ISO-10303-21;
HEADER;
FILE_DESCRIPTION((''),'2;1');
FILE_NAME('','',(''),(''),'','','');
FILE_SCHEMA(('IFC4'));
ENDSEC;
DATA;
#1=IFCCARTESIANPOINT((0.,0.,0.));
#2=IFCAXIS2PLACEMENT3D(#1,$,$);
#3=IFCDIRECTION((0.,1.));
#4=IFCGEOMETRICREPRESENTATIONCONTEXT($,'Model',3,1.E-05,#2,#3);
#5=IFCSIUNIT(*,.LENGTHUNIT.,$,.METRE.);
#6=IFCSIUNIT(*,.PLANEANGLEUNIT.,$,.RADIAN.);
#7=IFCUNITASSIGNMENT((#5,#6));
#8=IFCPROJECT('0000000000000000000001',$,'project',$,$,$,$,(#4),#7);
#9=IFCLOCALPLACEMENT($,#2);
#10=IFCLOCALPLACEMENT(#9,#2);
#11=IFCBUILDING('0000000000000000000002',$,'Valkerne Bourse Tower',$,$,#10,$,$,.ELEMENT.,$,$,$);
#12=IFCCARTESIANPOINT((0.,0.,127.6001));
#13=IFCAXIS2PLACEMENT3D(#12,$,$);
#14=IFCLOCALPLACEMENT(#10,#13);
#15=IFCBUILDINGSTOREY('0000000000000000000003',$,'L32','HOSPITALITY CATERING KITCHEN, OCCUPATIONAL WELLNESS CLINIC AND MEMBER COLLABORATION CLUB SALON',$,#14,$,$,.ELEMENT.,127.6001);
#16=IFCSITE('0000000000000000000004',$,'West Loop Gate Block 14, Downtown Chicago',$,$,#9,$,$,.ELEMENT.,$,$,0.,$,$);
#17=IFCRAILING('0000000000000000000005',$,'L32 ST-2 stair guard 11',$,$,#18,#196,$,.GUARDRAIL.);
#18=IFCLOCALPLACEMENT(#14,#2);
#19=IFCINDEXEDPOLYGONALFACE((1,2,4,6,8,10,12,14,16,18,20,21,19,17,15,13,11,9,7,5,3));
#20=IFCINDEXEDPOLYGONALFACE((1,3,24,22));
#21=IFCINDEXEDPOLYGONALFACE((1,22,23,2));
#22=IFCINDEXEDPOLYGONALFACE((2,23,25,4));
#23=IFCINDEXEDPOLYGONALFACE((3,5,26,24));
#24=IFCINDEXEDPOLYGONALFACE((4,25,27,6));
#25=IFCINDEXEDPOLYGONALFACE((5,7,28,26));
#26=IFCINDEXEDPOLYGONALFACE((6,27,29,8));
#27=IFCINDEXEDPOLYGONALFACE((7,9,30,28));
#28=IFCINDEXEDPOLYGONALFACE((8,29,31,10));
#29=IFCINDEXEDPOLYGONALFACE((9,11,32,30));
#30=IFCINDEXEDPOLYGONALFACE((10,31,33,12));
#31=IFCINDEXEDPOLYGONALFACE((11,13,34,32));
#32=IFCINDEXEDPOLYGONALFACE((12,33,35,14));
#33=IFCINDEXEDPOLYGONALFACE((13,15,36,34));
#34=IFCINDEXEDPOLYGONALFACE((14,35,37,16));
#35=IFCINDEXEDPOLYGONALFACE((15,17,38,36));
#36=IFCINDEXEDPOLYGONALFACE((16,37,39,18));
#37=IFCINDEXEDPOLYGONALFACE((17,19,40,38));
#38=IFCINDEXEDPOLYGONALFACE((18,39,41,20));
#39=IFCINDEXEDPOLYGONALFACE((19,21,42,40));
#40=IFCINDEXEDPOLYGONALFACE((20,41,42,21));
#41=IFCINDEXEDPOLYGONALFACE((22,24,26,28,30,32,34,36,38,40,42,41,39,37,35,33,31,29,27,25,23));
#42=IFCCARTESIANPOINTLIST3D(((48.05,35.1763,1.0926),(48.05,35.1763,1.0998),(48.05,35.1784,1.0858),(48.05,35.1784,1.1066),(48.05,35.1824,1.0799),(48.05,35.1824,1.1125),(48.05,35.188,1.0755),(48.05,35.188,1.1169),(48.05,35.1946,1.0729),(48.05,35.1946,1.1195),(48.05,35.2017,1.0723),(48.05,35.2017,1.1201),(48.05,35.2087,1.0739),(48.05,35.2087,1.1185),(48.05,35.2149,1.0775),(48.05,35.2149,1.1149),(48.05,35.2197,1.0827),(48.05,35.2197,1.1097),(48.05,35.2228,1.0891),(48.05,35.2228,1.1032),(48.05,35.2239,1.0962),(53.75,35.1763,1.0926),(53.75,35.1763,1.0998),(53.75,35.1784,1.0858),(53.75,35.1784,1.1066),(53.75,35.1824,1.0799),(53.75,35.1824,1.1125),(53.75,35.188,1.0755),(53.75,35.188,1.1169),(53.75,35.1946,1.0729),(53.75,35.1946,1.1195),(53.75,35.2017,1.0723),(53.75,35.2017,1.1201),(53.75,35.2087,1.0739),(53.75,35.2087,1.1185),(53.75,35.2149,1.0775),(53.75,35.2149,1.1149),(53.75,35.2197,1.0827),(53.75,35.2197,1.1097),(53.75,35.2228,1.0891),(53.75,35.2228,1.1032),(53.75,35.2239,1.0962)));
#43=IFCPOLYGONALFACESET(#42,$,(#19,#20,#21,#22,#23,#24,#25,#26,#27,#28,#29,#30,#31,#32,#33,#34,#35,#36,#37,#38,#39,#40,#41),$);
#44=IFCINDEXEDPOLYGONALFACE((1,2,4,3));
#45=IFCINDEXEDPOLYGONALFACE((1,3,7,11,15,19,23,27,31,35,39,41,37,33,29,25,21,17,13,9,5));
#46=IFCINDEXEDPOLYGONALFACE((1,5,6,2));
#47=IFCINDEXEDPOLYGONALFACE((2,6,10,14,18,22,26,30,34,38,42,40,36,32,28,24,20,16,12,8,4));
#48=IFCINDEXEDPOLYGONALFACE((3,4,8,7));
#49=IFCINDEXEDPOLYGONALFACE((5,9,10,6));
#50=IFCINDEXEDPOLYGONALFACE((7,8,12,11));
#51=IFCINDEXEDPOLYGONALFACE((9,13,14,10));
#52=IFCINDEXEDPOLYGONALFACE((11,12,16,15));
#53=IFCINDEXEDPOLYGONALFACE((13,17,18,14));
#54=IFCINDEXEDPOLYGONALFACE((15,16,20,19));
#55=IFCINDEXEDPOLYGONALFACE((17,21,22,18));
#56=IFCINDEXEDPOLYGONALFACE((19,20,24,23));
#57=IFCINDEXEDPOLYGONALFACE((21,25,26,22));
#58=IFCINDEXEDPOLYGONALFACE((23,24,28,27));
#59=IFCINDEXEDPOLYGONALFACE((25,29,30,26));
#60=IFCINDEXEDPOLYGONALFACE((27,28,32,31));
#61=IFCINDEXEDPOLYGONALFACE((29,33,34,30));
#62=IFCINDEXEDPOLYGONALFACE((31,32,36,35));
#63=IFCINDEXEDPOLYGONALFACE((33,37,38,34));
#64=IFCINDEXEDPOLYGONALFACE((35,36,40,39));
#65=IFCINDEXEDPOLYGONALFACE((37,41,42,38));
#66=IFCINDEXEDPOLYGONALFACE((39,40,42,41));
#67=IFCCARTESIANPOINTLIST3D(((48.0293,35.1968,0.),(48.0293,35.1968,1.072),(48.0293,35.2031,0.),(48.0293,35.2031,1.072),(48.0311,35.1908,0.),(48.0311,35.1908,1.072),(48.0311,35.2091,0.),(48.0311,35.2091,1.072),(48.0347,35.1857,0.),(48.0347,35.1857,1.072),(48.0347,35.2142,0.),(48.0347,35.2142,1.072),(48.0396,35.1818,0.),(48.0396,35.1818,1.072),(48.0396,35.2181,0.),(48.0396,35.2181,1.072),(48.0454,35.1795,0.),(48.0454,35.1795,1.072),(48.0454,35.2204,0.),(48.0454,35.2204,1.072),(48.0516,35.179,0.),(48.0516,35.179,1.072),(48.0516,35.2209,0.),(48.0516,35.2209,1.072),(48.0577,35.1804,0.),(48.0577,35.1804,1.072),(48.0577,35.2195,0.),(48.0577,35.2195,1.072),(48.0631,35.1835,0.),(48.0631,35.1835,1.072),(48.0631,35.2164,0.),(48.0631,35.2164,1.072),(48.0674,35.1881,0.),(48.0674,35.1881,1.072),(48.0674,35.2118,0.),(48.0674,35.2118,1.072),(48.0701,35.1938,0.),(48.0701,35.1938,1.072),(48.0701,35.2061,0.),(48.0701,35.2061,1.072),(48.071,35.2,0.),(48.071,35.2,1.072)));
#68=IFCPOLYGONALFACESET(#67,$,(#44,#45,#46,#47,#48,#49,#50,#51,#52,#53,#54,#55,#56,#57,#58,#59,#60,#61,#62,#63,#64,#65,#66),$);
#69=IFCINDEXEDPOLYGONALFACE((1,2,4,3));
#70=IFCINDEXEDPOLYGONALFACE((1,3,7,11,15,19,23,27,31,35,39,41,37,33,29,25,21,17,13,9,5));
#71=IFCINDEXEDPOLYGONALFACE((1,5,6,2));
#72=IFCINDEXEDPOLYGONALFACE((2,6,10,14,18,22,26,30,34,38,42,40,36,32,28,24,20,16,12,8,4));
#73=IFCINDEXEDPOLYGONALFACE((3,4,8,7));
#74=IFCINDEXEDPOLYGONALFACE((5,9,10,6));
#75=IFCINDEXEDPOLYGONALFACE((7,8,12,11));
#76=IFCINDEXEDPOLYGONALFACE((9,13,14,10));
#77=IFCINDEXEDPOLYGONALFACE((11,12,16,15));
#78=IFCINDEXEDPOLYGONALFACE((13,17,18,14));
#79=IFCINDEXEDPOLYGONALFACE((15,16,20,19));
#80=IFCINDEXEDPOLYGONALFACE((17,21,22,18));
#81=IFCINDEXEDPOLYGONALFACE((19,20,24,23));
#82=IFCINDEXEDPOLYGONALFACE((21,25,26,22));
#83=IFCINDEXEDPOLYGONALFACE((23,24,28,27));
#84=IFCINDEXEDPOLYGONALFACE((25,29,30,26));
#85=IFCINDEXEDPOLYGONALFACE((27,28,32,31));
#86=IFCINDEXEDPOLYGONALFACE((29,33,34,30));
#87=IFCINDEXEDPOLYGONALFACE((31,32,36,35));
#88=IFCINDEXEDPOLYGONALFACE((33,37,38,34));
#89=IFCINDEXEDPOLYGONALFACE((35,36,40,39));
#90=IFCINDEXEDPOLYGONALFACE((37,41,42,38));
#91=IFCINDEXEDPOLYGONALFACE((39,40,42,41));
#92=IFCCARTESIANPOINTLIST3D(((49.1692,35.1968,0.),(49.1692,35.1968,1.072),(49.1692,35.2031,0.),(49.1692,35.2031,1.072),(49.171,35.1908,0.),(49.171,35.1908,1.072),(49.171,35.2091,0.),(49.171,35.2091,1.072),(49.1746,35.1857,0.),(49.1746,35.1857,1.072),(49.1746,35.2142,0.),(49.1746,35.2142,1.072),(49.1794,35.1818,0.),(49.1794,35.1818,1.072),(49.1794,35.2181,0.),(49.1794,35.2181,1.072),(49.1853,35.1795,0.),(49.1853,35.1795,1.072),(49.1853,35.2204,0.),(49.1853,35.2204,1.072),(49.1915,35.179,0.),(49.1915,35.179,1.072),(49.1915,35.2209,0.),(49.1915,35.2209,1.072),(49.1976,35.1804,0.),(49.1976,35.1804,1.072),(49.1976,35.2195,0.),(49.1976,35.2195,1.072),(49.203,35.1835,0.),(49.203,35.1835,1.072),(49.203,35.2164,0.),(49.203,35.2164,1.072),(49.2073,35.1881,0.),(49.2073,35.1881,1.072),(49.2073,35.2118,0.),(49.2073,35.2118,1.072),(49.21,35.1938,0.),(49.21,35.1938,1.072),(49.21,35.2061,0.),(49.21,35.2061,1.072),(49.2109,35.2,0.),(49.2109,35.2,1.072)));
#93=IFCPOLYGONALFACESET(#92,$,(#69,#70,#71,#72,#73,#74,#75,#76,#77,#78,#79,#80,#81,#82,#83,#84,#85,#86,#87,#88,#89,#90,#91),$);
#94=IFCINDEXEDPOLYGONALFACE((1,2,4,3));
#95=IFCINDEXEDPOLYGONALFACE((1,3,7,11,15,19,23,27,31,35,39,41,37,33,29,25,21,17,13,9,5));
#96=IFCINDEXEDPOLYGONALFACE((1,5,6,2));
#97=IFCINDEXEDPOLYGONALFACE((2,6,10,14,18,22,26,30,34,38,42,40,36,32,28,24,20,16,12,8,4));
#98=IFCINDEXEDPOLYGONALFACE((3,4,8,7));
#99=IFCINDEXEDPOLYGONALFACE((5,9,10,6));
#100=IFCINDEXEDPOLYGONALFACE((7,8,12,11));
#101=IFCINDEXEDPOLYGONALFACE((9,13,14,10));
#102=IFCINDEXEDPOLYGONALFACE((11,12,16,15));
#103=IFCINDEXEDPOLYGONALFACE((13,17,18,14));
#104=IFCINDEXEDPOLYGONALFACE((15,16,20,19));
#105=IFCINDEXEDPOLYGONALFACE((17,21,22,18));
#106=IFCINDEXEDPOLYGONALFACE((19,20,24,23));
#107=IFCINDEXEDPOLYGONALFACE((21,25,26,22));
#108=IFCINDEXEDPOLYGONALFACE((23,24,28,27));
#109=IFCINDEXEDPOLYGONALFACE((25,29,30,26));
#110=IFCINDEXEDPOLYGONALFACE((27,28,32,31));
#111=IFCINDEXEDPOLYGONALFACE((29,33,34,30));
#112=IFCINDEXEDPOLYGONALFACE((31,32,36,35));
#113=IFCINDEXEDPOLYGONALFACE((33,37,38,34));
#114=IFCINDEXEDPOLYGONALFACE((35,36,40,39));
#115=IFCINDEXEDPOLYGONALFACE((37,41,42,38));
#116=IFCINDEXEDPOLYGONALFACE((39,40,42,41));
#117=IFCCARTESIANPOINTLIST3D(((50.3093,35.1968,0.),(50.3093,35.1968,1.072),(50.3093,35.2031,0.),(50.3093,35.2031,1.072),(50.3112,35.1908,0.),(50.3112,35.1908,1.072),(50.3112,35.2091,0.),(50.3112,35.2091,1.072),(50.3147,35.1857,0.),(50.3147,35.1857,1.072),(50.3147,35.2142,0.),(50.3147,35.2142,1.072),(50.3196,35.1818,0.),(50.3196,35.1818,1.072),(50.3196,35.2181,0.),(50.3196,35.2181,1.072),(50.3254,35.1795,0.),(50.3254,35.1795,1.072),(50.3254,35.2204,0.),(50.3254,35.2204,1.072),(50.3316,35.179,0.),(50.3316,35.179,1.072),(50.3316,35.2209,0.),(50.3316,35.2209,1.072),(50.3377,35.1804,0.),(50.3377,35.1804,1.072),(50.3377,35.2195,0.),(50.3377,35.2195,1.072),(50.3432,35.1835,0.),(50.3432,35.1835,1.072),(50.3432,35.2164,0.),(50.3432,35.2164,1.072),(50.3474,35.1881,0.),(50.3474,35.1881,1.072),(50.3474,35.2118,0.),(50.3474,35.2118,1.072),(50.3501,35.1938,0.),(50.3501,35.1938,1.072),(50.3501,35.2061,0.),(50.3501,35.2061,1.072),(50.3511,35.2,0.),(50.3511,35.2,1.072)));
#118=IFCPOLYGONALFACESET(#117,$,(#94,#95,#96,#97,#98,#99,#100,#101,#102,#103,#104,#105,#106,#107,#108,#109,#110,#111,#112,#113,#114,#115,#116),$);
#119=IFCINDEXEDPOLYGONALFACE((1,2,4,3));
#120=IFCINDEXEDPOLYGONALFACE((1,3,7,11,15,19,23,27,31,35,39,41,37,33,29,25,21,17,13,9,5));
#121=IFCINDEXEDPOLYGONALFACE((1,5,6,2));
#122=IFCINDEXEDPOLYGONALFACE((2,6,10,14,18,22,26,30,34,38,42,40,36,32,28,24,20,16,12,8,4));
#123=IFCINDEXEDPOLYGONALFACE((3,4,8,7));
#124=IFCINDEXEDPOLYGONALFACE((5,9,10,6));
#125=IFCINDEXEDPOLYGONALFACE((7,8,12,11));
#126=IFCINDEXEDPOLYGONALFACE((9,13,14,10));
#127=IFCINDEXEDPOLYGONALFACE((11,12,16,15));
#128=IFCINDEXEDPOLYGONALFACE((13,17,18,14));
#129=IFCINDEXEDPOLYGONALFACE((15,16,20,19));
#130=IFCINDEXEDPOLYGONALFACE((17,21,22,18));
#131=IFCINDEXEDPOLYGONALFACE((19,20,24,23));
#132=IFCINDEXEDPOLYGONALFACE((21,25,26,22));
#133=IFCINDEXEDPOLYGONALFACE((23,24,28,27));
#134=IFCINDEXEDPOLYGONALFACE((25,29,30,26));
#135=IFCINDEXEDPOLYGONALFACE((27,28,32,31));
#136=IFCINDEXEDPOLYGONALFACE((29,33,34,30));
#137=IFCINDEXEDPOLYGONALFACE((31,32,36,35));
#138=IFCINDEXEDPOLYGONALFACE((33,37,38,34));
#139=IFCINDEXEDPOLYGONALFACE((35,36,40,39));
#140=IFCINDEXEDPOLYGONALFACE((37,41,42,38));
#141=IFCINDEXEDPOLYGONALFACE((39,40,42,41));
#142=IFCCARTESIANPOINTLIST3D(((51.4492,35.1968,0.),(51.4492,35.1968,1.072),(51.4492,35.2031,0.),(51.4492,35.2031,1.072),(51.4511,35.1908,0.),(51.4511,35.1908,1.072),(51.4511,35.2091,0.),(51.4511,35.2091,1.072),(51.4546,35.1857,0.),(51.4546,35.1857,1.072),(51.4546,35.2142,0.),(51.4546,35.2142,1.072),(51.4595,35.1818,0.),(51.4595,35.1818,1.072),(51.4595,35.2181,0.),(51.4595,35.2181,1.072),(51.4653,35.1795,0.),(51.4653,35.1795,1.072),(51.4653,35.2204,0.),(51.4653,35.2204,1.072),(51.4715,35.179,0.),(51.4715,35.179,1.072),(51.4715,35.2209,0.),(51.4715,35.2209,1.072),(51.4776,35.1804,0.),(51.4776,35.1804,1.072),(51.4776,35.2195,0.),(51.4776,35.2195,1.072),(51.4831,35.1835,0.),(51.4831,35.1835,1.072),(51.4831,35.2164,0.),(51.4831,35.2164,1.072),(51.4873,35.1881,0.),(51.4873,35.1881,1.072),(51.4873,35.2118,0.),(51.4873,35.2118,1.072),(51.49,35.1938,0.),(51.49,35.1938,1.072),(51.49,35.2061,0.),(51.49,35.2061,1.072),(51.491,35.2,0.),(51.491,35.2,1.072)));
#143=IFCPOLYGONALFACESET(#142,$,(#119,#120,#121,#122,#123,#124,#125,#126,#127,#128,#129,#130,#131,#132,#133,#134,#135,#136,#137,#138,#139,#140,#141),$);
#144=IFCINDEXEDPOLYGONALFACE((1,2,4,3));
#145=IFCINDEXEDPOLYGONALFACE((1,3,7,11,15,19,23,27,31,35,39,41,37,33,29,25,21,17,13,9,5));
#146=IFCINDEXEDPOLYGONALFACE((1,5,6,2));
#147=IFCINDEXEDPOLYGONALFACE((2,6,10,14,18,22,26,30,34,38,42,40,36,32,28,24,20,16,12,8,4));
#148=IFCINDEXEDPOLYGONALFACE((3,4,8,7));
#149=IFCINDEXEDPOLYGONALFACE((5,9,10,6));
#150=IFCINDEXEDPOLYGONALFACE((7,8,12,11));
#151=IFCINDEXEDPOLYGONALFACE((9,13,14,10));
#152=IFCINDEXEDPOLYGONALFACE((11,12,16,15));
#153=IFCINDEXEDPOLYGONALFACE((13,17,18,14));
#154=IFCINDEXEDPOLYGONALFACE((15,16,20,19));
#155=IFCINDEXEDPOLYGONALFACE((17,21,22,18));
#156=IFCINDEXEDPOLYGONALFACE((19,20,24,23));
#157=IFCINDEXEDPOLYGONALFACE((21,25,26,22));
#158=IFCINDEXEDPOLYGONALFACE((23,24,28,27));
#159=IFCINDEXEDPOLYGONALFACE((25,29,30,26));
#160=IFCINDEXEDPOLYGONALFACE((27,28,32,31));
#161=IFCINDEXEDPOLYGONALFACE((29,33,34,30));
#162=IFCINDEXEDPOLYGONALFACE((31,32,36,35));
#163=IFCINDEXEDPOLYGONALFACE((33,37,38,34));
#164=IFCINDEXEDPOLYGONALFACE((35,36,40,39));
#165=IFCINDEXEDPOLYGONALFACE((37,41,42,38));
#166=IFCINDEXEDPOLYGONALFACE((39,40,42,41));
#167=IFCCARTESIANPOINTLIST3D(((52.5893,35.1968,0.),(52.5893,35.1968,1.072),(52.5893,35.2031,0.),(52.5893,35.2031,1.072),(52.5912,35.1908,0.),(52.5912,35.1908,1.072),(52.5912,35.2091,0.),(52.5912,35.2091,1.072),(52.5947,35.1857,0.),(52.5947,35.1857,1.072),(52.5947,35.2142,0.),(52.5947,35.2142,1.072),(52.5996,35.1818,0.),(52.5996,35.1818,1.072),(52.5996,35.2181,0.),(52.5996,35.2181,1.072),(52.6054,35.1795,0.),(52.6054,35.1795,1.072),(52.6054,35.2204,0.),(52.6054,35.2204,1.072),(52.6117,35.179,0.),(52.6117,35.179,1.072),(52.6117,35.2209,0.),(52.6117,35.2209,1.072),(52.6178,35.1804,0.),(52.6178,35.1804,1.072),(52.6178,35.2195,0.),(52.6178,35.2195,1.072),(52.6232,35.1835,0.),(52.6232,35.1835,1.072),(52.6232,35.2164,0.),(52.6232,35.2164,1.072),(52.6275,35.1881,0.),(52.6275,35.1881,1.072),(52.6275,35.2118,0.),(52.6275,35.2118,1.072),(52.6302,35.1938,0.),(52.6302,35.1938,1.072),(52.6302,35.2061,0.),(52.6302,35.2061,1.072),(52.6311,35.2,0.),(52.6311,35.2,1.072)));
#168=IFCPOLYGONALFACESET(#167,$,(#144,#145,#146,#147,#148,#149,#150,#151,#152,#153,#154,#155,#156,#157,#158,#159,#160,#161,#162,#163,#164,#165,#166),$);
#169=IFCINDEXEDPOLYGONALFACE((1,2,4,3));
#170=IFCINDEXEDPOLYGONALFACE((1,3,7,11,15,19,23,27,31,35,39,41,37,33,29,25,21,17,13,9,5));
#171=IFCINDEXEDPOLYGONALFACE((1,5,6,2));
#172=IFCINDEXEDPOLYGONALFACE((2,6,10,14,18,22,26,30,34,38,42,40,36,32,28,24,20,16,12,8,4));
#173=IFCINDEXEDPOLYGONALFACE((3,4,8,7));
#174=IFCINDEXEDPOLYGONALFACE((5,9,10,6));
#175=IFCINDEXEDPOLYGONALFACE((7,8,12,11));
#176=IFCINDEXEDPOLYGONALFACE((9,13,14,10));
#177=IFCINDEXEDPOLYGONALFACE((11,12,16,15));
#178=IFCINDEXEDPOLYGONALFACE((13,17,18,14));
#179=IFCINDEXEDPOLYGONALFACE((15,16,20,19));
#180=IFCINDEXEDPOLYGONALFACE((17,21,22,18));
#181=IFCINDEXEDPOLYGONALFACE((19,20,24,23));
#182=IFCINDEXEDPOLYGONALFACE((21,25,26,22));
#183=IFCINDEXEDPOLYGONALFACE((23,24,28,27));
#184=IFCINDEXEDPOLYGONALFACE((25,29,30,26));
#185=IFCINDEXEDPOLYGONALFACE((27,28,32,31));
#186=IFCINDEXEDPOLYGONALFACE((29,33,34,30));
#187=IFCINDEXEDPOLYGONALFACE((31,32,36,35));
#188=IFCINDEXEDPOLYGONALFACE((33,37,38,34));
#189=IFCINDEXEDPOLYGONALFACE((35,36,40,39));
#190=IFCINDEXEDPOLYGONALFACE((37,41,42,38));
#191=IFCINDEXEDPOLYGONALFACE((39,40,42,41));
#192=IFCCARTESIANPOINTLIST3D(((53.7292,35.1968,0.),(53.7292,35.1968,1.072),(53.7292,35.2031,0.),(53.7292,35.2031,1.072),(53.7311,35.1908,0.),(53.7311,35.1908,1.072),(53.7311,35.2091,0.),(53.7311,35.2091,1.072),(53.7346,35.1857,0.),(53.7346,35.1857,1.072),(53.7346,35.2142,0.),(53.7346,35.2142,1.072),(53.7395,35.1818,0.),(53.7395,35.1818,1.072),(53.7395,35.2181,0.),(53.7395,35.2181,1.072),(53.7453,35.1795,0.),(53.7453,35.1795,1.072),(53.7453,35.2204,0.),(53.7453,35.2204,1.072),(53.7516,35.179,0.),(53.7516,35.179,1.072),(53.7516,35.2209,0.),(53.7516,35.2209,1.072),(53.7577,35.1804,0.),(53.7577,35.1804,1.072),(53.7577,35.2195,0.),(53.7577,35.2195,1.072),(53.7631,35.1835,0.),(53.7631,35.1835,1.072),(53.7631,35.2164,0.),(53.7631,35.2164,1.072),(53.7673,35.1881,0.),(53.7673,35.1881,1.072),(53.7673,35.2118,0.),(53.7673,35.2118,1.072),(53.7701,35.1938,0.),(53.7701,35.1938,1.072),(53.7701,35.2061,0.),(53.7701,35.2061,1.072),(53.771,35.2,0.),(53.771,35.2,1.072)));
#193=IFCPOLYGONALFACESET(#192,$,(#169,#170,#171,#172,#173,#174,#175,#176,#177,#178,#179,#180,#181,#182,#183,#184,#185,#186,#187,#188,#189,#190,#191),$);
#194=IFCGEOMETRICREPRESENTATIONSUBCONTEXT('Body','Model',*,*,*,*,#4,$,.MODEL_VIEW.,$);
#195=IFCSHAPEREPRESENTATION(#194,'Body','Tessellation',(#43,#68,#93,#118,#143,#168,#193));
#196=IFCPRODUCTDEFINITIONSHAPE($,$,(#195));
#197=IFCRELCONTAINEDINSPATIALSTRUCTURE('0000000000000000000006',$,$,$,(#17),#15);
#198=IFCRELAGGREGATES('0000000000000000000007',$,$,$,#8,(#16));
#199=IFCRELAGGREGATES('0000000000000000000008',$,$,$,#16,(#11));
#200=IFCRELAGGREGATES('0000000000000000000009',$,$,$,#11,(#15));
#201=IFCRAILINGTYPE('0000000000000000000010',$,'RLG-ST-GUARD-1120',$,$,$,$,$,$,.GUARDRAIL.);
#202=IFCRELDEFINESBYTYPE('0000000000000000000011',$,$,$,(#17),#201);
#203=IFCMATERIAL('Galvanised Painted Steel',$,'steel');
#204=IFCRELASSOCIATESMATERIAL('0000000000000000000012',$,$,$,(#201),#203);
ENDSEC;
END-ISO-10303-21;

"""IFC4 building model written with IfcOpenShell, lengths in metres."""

from ifc_helpers import new_model, si_unit, direction, frame, origin, origin_2d, place, context, subcontext, project, spatial, circle, extrude, material, type_object, element, save


model = new_model("IFC4")

# Units and contexts
model_context = context("Model", 3, precision=1e-05, world=origin(), true_north=direction((0.0, 1.0)))
body_context = subcontext(model_context, "Body", "Model", "MODEL_VIEW")
ifc_project = project(units=[si_unit("LENGTHUNIT", "METRE"), si_unit("PLANEANGLEUNIT", "RADIAN")], contexts=[model_context])

# Site, building, storey
site_placement = place(None, origin())
site = spatial("IfcSite", under=ifc_project, at=site_placement, Name="West Loop Gate Block 14, Downtown Chicago", CompositionType="ELEMENT", RefElevation=0.0)
building_placement = place(site_placement, origin())
building = spatial("IfcBuilding", under=site, at=building_placement, Name="Valkerne Bourse Tower", CompositionType="ELEMENT")
storey_placement = place(building_placement, frame((0.0, 0.0, 127.6001)))
storey = spatial("IfcBuildingStorey", under=building, at=storey_placement, Name="L32", Description="HOSPITALITY CATERING KITCHEN, OCCUPATIONAL WELLNESS CLINIC AND MEMBER COLLABORATION CLUB SALON", CompositionType="ELEMENT", Elevation=127.6001)

# Shared definitions
ifc_material_1 = material(Name="Galvanised Painted Steel", Category="steel")

# Railing
railing_type_1 = type_object("IfcRailingType", Name="RLG-ST-GUARD-1120", PredefinedType="GUARDRAIL", material=ifc_material_1)
for number, where, name in (
    (1, (48.05, 35.2, 0.0), "L32 ST-2 stair guard 11"),
):
    element("IfcRailing", number, at=place(storey_placement, frame(where)), inside=storey, type_object=railing_type_1, Name=name, PredefinedType="GUARDRAIL", context=body_context, shape_type="SweptSolid", body=[
        extrude(circle(Radius=0.0239, at=origin_2d()), frame((0.0, 0.0, 1.0962), z_axis=(1.0, 0.0, 0.0), x_axis=(0.0, 1.0, 0.0)), (0.0, 0.0, 1.0), 5.7),
        extrude(circle(Radius=0.021, at=origin_2d()), origin(), (0.0, 0.0, 1.0), 1.072),
        extrude(circle(Radius=0.021, at=origin_2d()), frame((1.1399, 0.0, 0.0)), (0.0, 0.0, 1.0), 1.072),
        extrude(circle(Radius=0.021, at=origin_2d()), frame((2.28, 0.0, 0.0)), (0.0, 0.0, 1.0), 1.072),
        extrude(circle(Radius=0.021, at=origin_2d()), frame((3.4199, 0.0, 0.0)), (0.0, 0.0, 1.0), 1.072),
        extrude(circle(Radius=0.021, at=origin_2d()), frame((4.5601, 0.0, 0.0)), (0.0, 0.0, 1.0), 1.072),
        extrude(circle(Radius=0.021, at=origin_2d()), frame((5.7, 0.0, 0.0)), (0.0, 0.0, 1.0), 1.072),
    ])

save(model, "model.ifc")
